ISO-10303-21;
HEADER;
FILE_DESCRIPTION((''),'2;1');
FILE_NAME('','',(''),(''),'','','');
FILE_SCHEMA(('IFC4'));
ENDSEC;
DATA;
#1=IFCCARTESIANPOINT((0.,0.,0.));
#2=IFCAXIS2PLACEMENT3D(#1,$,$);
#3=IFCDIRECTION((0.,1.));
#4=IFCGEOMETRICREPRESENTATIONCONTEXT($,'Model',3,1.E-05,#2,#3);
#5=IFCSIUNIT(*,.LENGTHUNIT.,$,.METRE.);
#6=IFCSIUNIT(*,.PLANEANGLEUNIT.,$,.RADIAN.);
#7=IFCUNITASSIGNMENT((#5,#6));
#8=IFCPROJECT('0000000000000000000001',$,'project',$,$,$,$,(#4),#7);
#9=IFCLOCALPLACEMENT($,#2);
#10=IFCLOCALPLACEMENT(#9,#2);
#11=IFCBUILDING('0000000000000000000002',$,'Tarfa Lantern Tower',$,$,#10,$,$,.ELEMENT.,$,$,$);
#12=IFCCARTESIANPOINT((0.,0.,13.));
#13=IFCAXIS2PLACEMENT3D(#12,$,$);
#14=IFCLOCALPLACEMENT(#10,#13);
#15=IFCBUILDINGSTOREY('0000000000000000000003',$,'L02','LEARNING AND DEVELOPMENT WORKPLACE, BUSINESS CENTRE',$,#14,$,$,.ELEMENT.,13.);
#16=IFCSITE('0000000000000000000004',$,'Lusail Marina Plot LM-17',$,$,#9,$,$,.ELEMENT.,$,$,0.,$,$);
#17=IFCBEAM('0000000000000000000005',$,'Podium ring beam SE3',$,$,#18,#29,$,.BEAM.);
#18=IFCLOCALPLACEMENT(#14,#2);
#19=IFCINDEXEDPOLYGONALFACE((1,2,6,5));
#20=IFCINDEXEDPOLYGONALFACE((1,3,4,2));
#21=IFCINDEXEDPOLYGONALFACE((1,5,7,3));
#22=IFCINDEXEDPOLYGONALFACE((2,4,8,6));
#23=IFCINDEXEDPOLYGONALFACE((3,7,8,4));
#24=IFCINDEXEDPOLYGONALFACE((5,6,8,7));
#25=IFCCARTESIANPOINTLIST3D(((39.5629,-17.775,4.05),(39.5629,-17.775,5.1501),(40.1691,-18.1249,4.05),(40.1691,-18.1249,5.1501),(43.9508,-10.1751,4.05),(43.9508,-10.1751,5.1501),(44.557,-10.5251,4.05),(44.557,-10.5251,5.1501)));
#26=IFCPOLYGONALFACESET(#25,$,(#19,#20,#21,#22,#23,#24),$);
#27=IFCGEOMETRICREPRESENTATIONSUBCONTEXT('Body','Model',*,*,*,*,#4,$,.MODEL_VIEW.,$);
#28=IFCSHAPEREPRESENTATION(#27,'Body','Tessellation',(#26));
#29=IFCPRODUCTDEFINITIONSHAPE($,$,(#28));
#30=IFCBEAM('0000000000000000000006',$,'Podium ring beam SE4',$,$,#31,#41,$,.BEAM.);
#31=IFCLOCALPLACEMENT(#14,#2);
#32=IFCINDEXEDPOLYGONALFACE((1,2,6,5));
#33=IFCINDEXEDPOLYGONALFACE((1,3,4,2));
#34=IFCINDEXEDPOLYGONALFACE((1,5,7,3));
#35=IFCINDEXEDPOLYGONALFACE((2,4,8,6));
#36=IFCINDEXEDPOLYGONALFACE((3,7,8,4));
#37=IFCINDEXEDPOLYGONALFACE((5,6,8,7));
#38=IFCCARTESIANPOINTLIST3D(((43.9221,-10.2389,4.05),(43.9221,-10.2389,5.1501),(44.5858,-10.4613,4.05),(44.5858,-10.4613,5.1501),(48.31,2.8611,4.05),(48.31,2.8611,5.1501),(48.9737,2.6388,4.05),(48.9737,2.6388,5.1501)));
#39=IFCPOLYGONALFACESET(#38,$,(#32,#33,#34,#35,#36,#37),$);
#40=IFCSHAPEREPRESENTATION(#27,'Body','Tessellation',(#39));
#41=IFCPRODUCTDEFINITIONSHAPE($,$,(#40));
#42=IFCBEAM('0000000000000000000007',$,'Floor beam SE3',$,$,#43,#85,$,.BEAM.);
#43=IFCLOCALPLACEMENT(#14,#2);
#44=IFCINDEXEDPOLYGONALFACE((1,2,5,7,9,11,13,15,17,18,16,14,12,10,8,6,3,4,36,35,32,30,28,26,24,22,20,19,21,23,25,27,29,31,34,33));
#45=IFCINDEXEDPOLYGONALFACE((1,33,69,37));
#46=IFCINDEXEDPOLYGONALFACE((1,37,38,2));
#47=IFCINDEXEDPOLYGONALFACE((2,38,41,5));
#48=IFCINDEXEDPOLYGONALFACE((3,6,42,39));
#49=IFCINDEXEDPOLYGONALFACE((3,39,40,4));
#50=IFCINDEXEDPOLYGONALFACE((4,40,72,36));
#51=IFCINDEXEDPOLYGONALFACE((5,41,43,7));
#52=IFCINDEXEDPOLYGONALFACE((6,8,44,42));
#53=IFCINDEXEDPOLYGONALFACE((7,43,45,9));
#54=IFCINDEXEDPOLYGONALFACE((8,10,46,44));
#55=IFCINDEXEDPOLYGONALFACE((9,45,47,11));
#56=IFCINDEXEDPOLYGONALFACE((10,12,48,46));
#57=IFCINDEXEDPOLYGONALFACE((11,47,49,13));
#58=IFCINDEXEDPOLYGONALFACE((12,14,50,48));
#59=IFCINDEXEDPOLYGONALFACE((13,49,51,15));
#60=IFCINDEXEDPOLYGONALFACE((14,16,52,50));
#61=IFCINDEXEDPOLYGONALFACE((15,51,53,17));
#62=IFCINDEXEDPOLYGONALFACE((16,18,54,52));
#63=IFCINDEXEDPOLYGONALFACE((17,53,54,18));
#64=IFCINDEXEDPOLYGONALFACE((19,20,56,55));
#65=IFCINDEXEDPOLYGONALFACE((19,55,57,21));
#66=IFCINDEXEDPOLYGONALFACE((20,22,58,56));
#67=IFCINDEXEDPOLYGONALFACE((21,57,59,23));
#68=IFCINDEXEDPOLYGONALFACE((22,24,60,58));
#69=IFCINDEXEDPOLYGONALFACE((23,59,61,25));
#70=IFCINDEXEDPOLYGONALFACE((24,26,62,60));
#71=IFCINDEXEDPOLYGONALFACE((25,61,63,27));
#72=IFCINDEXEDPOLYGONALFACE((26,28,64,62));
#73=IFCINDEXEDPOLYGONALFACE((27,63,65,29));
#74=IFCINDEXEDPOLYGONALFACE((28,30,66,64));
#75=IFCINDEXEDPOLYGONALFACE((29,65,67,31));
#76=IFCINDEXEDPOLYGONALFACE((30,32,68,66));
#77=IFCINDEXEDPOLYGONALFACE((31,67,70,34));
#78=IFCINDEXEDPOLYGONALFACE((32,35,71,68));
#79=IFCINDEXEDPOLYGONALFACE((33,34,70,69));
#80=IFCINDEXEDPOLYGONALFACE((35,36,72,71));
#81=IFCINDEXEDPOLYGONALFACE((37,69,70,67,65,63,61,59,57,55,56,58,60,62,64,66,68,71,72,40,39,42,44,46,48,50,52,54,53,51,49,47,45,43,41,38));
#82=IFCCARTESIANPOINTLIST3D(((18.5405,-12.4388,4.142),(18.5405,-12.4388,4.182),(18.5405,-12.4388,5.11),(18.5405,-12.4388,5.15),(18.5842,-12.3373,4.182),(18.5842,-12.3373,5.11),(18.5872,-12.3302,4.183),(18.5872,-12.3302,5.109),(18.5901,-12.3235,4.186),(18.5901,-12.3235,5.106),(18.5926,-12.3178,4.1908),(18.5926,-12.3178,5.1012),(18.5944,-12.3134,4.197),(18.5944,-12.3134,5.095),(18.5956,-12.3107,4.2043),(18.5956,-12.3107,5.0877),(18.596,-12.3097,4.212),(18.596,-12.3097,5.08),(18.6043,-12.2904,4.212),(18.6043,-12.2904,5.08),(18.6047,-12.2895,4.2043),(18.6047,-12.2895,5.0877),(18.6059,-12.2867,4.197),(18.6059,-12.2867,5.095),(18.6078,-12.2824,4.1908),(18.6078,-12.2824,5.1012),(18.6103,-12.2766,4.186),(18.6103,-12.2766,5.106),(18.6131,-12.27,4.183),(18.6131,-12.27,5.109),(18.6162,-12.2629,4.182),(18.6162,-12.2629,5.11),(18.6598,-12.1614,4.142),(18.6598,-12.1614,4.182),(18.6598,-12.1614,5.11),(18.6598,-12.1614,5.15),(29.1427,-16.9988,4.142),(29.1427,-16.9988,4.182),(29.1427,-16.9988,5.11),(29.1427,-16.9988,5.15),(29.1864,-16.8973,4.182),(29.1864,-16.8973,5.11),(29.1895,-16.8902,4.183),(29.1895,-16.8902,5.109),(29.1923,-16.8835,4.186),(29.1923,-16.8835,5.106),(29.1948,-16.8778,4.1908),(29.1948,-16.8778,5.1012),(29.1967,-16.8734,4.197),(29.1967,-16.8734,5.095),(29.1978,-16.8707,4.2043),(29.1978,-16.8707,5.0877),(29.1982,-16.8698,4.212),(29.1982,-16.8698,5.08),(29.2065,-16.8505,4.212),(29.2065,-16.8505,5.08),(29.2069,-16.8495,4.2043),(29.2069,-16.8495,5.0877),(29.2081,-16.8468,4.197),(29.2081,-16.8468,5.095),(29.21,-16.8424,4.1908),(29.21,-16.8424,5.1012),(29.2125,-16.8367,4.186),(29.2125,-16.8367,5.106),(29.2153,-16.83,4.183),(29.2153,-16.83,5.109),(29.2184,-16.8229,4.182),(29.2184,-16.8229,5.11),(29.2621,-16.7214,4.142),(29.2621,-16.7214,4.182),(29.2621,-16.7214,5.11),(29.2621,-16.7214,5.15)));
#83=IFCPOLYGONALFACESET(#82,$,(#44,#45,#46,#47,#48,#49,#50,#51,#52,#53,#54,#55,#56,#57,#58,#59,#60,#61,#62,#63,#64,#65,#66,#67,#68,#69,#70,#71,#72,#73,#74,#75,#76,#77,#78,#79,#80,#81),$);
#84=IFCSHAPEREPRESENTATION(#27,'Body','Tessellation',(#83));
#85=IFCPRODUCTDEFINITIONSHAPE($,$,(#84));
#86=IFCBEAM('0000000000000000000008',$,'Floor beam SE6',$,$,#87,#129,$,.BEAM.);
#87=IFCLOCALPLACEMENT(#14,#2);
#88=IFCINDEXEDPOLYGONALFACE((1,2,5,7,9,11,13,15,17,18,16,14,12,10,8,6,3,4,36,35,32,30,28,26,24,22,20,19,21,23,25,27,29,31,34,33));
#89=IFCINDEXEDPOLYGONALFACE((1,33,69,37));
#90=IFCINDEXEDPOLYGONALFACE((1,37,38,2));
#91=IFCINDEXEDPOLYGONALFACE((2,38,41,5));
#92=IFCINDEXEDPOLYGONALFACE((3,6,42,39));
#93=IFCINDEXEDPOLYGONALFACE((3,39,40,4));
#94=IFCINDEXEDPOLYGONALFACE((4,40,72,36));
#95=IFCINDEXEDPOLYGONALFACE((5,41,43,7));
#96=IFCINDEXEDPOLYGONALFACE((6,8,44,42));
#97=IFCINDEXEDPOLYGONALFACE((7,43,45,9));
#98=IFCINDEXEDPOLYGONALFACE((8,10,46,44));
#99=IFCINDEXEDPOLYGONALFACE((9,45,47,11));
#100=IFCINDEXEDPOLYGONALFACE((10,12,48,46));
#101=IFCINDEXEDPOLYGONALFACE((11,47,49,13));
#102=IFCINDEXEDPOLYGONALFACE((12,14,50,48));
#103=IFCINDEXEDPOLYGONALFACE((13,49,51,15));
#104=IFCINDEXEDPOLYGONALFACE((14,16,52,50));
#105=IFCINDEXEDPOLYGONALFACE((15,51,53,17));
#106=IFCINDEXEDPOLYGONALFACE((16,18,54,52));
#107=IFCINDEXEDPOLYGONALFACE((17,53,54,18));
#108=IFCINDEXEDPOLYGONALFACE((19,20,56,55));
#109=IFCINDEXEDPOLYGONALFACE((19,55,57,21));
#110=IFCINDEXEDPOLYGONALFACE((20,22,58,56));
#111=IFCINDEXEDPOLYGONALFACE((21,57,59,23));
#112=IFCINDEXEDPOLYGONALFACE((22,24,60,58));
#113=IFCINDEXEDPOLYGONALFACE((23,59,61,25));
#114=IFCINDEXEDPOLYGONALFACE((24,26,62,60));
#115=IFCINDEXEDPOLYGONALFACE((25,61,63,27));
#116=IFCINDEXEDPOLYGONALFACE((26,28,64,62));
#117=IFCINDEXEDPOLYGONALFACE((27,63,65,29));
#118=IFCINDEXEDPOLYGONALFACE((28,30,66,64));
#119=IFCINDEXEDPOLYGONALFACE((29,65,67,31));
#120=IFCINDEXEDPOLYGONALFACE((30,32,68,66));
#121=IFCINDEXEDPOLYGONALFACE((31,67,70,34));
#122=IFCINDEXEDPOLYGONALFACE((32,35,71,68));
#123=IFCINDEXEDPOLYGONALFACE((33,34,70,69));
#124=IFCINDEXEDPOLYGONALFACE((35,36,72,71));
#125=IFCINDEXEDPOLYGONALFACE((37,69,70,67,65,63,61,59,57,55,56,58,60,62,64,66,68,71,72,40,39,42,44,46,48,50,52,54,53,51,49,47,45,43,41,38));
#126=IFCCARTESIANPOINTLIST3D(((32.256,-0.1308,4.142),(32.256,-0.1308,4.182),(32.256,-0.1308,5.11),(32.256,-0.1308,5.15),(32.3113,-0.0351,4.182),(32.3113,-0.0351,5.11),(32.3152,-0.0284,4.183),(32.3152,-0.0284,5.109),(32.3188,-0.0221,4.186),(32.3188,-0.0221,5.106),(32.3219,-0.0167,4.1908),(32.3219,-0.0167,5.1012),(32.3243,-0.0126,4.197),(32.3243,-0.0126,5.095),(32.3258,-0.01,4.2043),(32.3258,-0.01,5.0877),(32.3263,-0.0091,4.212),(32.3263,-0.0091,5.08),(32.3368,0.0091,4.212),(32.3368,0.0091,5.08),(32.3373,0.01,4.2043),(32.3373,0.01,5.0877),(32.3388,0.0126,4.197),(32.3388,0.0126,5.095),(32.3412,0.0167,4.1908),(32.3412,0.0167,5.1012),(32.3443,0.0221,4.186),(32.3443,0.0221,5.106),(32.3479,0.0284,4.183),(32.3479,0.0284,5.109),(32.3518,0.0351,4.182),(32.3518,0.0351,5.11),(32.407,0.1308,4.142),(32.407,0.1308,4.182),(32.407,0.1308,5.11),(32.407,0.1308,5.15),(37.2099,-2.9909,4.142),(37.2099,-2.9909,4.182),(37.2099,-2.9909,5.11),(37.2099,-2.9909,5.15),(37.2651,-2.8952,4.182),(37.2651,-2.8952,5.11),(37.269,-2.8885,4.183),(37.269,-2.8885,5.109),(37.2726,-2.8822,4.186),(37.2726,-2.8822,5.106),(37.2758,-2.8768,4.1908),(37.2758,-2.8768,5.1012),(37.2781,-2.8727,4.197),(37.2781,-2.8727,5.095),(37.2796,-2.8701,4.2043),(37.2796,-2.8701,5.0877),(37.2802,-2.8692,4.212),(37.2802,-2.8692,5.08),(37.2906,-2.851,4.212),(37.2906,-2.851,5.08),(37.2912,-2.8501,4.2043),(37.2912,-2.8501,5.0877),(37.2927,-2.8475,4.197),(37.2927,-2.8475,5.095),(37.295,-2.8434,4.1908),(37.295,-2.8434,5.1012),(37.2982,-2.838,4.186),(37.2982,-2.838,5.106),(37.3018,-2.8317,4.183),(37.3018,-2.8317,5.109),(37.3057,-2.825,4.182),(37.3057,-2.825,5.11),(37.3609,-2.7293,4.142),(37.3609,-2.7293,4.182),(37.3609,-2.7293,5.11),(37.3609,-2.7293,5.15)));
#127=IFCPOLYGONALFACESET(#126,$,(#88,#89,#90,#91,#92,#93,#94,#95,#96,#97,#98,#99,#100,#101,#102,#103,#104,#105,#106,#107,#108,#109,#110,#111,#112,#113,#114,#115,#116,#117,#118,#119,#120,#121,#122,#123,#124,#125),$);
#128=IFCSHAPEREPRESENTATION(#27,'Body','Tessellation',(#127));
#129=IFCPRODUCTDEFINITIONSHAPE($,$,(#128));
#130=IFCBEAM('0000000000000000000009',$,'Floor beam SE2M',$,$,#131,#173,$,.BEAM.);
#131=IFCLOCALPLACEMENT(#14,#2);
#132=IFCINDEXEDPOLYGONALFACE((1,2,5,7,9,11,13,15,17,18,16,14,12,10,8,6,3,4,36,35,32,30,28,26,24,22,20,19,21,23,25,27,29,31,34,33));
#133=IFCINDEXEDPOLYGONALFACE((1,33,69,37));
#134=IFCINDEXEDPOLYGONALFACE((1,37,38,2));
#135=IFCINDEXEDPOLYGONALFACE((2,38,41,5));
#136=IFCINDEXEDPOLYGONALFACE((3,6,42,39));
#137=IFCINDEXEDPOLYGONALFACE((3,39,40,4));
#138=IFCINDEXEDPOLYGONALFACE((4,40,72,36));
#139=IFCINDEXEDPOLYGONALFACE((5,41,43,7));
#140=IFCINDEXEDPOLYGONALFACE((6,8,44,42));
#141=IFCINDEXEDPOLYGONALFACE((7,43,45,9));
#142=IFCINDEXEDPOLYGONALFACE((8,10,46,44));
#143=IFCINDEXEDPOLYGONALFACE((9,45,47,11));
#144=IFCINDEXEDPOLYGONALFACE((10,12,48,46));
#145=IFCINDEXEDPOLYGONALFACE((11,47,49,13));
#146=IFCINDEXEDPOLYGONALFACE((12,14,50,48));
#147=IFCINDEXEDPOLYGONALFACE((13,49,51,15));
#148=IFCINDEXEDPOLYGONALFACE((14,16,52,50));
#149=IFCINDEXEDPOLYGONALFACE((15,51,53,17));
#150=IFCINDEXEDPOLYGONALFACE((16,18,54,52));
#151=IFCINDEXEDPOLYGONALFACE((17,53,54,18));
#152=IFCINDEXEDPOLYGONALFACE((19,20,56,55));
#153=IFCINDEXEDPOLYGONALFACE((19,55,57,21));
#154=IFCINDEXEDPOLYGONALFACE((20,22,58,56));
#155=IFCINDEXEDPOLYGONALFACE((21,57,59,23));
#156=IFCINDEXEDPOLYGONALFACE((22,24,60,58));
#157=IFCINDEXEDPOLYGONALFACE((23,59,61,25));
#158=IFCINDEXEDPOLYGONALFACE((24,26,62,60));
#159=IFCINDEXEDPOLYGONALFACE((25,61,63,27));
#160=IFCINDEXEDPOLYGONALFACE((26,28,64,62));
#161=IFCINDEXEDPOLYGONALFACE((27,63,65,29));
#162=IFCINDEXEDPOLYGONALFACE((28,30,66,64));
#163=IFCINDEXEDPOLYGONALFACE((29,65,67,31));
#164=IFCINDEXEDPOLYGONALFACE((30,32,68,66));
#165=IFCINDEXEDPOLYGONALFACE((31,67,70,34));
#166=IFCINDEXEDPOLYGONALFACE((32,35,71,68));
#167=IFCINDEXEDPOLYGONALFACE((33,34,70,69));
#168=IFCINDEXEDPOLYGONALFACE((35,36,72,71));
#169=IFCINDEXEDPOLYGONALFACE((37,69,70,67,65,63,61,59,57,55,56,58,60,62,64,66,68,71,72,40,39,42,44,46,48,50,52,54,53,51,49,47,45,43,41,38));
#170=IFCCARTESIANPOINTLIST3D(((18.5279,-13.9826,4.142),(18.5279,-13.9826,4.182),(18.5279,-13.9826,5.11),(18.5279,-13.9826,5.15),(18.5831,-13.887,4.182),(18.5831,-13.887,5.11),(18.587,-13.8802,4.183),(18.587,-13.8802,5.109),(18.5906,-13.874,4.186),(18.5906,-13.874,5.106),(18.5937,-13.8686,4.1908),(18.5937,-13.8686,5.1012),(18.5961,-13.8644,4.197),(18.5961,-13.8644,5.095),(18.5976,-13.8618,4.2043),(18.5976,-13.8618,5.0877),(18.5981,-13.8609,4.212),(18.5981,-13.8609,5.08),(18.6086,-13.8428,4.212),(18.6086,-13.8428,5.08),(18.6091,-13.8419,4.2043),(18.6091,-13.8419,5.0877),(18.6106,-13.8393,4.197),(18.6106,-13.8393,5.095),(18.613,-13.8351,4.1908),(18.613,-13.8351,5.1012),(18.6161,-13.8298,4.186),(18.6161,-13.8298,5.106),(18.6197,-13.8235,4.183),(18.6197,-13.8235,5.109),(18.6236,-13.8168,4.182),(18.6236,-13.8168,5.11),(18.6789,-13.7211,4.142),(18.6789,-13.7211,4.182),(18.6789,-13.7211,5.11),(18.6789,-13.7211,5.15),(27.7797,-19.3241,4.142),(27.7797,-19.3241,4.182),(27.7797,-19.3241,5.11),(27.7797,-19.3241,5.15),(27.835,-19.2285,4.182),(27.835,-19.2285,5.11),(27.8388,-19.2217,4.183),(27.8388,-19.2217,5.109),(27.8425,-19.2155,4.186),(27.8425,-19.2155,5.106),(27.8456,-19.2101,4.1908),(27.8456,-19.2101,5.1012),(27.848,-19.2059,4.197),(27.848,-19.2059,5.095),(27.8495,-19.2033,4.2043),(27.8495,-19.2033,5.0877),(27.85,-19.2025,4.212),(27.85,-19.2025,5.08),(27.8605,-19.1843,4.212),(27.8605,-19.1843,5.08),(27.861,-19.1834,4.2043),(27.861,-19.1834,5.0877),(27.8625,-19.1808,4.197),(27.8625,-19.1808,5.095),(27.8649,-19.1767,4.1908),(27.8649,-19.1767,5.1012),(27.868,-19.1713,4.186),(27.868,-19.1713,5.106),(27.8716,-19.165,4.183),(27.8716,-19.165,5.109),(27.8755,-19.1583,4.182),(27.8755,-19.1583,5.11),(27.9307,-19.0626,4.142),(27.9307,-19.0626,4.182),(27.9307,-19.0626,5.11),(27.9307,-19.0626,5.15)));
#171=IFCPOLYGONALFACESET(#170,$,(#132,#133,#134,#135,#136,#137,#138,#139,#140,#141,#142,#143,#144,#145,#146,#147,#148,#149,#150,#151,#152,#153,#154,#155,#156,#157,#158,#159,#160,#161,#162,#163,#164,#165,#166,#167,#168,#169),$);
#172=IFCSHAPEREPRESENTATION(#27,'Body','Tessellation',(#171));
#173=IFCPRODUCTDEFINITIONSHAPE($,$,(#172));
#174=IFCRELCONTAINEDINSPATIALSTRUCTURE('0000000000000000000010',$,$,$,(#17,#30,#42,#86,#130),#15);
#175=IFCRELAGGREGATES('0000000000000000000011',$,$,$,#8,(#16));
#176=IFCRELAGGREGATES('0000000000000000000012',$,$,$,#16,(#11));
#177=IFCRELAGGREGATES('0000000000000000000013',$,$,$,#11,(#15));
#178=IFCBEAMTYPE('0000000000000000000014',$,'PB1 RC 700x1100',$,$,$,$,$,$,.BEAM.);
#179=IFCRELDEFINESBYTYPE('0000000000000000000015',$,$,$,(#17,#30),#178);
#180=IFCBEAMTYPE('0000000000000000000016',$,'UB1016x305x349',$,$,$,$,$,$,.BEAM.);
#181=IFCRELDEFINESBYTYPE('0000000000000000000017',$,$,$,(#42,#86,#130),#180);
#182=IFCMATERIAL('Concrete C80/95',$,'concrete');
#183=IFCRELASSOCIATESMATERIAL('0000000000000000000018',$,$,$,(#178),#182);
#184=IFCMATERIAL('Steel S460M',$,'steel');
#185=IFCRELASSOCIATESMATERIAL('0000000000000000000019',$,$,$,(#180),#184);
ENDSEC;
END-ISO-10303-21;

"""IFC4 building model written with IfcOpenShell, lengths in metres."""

from ifc_helpers import new_model, si_unit, direction, frame, origin, origin_2d, place, context, subcontext, project, spatial, rectangle, i_section, extrude, material, material_profile, profile_set, type_object, element, save


model = new_model("IFC4")

# Units and contexts
model_context = context("Model", 3, precision=1e-05, world=origin(), true_north=direction((0.0, 1.0)))
body_context = subcontext(model_context, "Body", "Model", "MODEL_VIEW")
ifc_project = project(units=[si_unit("LENGTHUNIT", "METRE"), si_unit("PLANEANGLEUNIT", "RADIAN")], contexts=[model_context])

# Site, building, storey
site_placement = place(None, origin())
site = spatial("IfcSite", under=ifc_project, at=site_placement, Name="Lusail Marina Plot LM-17", CompositionType="ELEMENT", RefElevation=0.0)
building_placement = place(site_placement, origin())
building = spatial("IfcBuilding", under=site, at=building_placement, Name="Tarfa Lantern Tower", CompositionType="ELEMENT")
storey_placement = place(building_placement, frame((0.0, 0.0, 13.0)))
storey = spatial("IfcBuildingStorey", under=building, at=storey_placement, Name="L02", Description="LEARNING AND DEVELOPMENT WORKPLACE, BUSINESS CENTRE", CompositionType="ELEMENT", Elevation=13.0)

# Shared definitions
ifc_material_1 = material(Name="Concrete C80/95", Category="concrete")

# Beams
ifc_material_profile_1 = material_profile(ifc_material_1, rectangle(XDim=0.7, YDim=1.1001, at=origin_2d()), Name="RC 700x1100")
ifc_profile_set_1 = profile_set([ifc_material_profile_1], Name="Concrete C80/95")
beam_type_1 = type_object("IfcBeamType", Name="PB1 RC 700x1100", PredefinedType="BEAM", material=ifc_profile_set_1)
beam_1_placement = place(storey_placement, frame((39.866, -17.95, 4.6001), z_axis=(0.500014, 0.866017, 0.0), x_axis=(-0.866017, 0.500014, 0.0)))
element("IfcBeam", 1, at=beam_1_placement, inside=storey, type_object=beam_type_1, Name="Podium ring beam SE3", PredefinedType="BEAM", context=body_context, shape_type="SweptSolid", body=[
    extrude(rectangle(XDim=0.7, YDim=1.1001, at=origin_2d()), origin(), (0.0, 0.0, 1.0), 8.7756),
])
beam_2_placement = place(storey_placement, frame((44.2539, -10.3501, 4.6001), z_axis=(0.317611, 0.948221, 0.0), x_axis=(-0.948221, 0.317611, 0.0)))
element("IfcBeam", 2, at=beam_2_placement, inside=storey, type_object=beam_type_1, Name="Podium ring beam SE4", PredefinedType="BEAM", context=body_context, shape_type="SweptSolid", body=[
    extrude(rectangle(XDim=0.7, YDim=1.1001, at=origin_2d()), origin(), (0.0, 0.0, 1.0), 13.8154),
])
ifc_material_2 = material(Name="Steel S460M", Category="steel")
ifc_material_profile_2 = material_profile(ifc_material_2, i_section(OverallWidth=0.302, OverallDepth=1.0081, WebThickness=0.021, FlangeThickness=0.04, FilletRadius=0.03, at=origin_2d()), Name="UB1016x305x349")
ifc_profile_set_2 = profile_set([ifc_material_profile_2], Name="Steel S460M")
beam_type_2 = type_object("IfcBeamType", Name="UB1016x305x349", PredefinedType="BEAM", material=ifc_profile_set_2)
beam_3_placement = place(storey_placement, frame((29.2024, -16.8601, 4.646), z_axis=(-0.918635, 0.395106, 0.0), x_axis=(-0.395106, -0.918635, 0.0)))
element("IfcBeam", 3, at=beam_3_placement, inside=storey, type_object=beam_type_2, Name="Floor beam SE3", PredefinedType="BEAM", context=body_context, shape_type="SweptSolid", body=[
    extrude(i_section(OverallWidth=0.302, OverallDepth=1.0081, WebThickness=0.021, FlangeThickness=0.04, FilletRadius=0.03, at=origin_2d()), origin(), (0.0, 0.0, 1.0), 11.5413),
])
beam_4_placement = place(storey_placement, frame((37.2854, -2.8601, 4.646), z_axis=(-0.866026, 0.5, 0.0), x_axis=(-0.5, -0.866026, 0.0)))
element("IfcBeam", 4, at=beam_4_placement, inside=storey, type_object=beam_type_2, Name="Floor beam SE6", PredefinedType="BEAM", context=body_context, shape_type="SweptSolid", body=[
    extrude(i_section(OverallWidth=0.302, OverallDepth=1.0081, WebThickness=0.021, FlangeThickness=0.04, FilletRadius=0.03, at=origin_2d()), origin(), (0.0, 0.0, 1.0), 5.7202),
])
beam_5_placement = place(storey_placement, frame((27.8552, -19.1934, 4.646), z_axis=(-0.866028, 0.499995, 0.0), x_axis=(-0.499995, -0.866028, 0.0)))
element("IfcBeam", 5, at=beam_5_placement, inside=storey, type_object=beam_type_2, Name="Floor beam SE2M", PredefinedType="BEAM", context=body_context, shape_type="SweptSolid", body=[
    extrude(i_section(OverallWidth=0.302, OverallDepth=1.0081, WebThickness=0.021, FlangeThickness=0.04, FilletRadius=0.03, at=origin_2d()), origin(), (0.0, 0.0, 1.0), 10.6831),
])

save(model, "model.ifc")
